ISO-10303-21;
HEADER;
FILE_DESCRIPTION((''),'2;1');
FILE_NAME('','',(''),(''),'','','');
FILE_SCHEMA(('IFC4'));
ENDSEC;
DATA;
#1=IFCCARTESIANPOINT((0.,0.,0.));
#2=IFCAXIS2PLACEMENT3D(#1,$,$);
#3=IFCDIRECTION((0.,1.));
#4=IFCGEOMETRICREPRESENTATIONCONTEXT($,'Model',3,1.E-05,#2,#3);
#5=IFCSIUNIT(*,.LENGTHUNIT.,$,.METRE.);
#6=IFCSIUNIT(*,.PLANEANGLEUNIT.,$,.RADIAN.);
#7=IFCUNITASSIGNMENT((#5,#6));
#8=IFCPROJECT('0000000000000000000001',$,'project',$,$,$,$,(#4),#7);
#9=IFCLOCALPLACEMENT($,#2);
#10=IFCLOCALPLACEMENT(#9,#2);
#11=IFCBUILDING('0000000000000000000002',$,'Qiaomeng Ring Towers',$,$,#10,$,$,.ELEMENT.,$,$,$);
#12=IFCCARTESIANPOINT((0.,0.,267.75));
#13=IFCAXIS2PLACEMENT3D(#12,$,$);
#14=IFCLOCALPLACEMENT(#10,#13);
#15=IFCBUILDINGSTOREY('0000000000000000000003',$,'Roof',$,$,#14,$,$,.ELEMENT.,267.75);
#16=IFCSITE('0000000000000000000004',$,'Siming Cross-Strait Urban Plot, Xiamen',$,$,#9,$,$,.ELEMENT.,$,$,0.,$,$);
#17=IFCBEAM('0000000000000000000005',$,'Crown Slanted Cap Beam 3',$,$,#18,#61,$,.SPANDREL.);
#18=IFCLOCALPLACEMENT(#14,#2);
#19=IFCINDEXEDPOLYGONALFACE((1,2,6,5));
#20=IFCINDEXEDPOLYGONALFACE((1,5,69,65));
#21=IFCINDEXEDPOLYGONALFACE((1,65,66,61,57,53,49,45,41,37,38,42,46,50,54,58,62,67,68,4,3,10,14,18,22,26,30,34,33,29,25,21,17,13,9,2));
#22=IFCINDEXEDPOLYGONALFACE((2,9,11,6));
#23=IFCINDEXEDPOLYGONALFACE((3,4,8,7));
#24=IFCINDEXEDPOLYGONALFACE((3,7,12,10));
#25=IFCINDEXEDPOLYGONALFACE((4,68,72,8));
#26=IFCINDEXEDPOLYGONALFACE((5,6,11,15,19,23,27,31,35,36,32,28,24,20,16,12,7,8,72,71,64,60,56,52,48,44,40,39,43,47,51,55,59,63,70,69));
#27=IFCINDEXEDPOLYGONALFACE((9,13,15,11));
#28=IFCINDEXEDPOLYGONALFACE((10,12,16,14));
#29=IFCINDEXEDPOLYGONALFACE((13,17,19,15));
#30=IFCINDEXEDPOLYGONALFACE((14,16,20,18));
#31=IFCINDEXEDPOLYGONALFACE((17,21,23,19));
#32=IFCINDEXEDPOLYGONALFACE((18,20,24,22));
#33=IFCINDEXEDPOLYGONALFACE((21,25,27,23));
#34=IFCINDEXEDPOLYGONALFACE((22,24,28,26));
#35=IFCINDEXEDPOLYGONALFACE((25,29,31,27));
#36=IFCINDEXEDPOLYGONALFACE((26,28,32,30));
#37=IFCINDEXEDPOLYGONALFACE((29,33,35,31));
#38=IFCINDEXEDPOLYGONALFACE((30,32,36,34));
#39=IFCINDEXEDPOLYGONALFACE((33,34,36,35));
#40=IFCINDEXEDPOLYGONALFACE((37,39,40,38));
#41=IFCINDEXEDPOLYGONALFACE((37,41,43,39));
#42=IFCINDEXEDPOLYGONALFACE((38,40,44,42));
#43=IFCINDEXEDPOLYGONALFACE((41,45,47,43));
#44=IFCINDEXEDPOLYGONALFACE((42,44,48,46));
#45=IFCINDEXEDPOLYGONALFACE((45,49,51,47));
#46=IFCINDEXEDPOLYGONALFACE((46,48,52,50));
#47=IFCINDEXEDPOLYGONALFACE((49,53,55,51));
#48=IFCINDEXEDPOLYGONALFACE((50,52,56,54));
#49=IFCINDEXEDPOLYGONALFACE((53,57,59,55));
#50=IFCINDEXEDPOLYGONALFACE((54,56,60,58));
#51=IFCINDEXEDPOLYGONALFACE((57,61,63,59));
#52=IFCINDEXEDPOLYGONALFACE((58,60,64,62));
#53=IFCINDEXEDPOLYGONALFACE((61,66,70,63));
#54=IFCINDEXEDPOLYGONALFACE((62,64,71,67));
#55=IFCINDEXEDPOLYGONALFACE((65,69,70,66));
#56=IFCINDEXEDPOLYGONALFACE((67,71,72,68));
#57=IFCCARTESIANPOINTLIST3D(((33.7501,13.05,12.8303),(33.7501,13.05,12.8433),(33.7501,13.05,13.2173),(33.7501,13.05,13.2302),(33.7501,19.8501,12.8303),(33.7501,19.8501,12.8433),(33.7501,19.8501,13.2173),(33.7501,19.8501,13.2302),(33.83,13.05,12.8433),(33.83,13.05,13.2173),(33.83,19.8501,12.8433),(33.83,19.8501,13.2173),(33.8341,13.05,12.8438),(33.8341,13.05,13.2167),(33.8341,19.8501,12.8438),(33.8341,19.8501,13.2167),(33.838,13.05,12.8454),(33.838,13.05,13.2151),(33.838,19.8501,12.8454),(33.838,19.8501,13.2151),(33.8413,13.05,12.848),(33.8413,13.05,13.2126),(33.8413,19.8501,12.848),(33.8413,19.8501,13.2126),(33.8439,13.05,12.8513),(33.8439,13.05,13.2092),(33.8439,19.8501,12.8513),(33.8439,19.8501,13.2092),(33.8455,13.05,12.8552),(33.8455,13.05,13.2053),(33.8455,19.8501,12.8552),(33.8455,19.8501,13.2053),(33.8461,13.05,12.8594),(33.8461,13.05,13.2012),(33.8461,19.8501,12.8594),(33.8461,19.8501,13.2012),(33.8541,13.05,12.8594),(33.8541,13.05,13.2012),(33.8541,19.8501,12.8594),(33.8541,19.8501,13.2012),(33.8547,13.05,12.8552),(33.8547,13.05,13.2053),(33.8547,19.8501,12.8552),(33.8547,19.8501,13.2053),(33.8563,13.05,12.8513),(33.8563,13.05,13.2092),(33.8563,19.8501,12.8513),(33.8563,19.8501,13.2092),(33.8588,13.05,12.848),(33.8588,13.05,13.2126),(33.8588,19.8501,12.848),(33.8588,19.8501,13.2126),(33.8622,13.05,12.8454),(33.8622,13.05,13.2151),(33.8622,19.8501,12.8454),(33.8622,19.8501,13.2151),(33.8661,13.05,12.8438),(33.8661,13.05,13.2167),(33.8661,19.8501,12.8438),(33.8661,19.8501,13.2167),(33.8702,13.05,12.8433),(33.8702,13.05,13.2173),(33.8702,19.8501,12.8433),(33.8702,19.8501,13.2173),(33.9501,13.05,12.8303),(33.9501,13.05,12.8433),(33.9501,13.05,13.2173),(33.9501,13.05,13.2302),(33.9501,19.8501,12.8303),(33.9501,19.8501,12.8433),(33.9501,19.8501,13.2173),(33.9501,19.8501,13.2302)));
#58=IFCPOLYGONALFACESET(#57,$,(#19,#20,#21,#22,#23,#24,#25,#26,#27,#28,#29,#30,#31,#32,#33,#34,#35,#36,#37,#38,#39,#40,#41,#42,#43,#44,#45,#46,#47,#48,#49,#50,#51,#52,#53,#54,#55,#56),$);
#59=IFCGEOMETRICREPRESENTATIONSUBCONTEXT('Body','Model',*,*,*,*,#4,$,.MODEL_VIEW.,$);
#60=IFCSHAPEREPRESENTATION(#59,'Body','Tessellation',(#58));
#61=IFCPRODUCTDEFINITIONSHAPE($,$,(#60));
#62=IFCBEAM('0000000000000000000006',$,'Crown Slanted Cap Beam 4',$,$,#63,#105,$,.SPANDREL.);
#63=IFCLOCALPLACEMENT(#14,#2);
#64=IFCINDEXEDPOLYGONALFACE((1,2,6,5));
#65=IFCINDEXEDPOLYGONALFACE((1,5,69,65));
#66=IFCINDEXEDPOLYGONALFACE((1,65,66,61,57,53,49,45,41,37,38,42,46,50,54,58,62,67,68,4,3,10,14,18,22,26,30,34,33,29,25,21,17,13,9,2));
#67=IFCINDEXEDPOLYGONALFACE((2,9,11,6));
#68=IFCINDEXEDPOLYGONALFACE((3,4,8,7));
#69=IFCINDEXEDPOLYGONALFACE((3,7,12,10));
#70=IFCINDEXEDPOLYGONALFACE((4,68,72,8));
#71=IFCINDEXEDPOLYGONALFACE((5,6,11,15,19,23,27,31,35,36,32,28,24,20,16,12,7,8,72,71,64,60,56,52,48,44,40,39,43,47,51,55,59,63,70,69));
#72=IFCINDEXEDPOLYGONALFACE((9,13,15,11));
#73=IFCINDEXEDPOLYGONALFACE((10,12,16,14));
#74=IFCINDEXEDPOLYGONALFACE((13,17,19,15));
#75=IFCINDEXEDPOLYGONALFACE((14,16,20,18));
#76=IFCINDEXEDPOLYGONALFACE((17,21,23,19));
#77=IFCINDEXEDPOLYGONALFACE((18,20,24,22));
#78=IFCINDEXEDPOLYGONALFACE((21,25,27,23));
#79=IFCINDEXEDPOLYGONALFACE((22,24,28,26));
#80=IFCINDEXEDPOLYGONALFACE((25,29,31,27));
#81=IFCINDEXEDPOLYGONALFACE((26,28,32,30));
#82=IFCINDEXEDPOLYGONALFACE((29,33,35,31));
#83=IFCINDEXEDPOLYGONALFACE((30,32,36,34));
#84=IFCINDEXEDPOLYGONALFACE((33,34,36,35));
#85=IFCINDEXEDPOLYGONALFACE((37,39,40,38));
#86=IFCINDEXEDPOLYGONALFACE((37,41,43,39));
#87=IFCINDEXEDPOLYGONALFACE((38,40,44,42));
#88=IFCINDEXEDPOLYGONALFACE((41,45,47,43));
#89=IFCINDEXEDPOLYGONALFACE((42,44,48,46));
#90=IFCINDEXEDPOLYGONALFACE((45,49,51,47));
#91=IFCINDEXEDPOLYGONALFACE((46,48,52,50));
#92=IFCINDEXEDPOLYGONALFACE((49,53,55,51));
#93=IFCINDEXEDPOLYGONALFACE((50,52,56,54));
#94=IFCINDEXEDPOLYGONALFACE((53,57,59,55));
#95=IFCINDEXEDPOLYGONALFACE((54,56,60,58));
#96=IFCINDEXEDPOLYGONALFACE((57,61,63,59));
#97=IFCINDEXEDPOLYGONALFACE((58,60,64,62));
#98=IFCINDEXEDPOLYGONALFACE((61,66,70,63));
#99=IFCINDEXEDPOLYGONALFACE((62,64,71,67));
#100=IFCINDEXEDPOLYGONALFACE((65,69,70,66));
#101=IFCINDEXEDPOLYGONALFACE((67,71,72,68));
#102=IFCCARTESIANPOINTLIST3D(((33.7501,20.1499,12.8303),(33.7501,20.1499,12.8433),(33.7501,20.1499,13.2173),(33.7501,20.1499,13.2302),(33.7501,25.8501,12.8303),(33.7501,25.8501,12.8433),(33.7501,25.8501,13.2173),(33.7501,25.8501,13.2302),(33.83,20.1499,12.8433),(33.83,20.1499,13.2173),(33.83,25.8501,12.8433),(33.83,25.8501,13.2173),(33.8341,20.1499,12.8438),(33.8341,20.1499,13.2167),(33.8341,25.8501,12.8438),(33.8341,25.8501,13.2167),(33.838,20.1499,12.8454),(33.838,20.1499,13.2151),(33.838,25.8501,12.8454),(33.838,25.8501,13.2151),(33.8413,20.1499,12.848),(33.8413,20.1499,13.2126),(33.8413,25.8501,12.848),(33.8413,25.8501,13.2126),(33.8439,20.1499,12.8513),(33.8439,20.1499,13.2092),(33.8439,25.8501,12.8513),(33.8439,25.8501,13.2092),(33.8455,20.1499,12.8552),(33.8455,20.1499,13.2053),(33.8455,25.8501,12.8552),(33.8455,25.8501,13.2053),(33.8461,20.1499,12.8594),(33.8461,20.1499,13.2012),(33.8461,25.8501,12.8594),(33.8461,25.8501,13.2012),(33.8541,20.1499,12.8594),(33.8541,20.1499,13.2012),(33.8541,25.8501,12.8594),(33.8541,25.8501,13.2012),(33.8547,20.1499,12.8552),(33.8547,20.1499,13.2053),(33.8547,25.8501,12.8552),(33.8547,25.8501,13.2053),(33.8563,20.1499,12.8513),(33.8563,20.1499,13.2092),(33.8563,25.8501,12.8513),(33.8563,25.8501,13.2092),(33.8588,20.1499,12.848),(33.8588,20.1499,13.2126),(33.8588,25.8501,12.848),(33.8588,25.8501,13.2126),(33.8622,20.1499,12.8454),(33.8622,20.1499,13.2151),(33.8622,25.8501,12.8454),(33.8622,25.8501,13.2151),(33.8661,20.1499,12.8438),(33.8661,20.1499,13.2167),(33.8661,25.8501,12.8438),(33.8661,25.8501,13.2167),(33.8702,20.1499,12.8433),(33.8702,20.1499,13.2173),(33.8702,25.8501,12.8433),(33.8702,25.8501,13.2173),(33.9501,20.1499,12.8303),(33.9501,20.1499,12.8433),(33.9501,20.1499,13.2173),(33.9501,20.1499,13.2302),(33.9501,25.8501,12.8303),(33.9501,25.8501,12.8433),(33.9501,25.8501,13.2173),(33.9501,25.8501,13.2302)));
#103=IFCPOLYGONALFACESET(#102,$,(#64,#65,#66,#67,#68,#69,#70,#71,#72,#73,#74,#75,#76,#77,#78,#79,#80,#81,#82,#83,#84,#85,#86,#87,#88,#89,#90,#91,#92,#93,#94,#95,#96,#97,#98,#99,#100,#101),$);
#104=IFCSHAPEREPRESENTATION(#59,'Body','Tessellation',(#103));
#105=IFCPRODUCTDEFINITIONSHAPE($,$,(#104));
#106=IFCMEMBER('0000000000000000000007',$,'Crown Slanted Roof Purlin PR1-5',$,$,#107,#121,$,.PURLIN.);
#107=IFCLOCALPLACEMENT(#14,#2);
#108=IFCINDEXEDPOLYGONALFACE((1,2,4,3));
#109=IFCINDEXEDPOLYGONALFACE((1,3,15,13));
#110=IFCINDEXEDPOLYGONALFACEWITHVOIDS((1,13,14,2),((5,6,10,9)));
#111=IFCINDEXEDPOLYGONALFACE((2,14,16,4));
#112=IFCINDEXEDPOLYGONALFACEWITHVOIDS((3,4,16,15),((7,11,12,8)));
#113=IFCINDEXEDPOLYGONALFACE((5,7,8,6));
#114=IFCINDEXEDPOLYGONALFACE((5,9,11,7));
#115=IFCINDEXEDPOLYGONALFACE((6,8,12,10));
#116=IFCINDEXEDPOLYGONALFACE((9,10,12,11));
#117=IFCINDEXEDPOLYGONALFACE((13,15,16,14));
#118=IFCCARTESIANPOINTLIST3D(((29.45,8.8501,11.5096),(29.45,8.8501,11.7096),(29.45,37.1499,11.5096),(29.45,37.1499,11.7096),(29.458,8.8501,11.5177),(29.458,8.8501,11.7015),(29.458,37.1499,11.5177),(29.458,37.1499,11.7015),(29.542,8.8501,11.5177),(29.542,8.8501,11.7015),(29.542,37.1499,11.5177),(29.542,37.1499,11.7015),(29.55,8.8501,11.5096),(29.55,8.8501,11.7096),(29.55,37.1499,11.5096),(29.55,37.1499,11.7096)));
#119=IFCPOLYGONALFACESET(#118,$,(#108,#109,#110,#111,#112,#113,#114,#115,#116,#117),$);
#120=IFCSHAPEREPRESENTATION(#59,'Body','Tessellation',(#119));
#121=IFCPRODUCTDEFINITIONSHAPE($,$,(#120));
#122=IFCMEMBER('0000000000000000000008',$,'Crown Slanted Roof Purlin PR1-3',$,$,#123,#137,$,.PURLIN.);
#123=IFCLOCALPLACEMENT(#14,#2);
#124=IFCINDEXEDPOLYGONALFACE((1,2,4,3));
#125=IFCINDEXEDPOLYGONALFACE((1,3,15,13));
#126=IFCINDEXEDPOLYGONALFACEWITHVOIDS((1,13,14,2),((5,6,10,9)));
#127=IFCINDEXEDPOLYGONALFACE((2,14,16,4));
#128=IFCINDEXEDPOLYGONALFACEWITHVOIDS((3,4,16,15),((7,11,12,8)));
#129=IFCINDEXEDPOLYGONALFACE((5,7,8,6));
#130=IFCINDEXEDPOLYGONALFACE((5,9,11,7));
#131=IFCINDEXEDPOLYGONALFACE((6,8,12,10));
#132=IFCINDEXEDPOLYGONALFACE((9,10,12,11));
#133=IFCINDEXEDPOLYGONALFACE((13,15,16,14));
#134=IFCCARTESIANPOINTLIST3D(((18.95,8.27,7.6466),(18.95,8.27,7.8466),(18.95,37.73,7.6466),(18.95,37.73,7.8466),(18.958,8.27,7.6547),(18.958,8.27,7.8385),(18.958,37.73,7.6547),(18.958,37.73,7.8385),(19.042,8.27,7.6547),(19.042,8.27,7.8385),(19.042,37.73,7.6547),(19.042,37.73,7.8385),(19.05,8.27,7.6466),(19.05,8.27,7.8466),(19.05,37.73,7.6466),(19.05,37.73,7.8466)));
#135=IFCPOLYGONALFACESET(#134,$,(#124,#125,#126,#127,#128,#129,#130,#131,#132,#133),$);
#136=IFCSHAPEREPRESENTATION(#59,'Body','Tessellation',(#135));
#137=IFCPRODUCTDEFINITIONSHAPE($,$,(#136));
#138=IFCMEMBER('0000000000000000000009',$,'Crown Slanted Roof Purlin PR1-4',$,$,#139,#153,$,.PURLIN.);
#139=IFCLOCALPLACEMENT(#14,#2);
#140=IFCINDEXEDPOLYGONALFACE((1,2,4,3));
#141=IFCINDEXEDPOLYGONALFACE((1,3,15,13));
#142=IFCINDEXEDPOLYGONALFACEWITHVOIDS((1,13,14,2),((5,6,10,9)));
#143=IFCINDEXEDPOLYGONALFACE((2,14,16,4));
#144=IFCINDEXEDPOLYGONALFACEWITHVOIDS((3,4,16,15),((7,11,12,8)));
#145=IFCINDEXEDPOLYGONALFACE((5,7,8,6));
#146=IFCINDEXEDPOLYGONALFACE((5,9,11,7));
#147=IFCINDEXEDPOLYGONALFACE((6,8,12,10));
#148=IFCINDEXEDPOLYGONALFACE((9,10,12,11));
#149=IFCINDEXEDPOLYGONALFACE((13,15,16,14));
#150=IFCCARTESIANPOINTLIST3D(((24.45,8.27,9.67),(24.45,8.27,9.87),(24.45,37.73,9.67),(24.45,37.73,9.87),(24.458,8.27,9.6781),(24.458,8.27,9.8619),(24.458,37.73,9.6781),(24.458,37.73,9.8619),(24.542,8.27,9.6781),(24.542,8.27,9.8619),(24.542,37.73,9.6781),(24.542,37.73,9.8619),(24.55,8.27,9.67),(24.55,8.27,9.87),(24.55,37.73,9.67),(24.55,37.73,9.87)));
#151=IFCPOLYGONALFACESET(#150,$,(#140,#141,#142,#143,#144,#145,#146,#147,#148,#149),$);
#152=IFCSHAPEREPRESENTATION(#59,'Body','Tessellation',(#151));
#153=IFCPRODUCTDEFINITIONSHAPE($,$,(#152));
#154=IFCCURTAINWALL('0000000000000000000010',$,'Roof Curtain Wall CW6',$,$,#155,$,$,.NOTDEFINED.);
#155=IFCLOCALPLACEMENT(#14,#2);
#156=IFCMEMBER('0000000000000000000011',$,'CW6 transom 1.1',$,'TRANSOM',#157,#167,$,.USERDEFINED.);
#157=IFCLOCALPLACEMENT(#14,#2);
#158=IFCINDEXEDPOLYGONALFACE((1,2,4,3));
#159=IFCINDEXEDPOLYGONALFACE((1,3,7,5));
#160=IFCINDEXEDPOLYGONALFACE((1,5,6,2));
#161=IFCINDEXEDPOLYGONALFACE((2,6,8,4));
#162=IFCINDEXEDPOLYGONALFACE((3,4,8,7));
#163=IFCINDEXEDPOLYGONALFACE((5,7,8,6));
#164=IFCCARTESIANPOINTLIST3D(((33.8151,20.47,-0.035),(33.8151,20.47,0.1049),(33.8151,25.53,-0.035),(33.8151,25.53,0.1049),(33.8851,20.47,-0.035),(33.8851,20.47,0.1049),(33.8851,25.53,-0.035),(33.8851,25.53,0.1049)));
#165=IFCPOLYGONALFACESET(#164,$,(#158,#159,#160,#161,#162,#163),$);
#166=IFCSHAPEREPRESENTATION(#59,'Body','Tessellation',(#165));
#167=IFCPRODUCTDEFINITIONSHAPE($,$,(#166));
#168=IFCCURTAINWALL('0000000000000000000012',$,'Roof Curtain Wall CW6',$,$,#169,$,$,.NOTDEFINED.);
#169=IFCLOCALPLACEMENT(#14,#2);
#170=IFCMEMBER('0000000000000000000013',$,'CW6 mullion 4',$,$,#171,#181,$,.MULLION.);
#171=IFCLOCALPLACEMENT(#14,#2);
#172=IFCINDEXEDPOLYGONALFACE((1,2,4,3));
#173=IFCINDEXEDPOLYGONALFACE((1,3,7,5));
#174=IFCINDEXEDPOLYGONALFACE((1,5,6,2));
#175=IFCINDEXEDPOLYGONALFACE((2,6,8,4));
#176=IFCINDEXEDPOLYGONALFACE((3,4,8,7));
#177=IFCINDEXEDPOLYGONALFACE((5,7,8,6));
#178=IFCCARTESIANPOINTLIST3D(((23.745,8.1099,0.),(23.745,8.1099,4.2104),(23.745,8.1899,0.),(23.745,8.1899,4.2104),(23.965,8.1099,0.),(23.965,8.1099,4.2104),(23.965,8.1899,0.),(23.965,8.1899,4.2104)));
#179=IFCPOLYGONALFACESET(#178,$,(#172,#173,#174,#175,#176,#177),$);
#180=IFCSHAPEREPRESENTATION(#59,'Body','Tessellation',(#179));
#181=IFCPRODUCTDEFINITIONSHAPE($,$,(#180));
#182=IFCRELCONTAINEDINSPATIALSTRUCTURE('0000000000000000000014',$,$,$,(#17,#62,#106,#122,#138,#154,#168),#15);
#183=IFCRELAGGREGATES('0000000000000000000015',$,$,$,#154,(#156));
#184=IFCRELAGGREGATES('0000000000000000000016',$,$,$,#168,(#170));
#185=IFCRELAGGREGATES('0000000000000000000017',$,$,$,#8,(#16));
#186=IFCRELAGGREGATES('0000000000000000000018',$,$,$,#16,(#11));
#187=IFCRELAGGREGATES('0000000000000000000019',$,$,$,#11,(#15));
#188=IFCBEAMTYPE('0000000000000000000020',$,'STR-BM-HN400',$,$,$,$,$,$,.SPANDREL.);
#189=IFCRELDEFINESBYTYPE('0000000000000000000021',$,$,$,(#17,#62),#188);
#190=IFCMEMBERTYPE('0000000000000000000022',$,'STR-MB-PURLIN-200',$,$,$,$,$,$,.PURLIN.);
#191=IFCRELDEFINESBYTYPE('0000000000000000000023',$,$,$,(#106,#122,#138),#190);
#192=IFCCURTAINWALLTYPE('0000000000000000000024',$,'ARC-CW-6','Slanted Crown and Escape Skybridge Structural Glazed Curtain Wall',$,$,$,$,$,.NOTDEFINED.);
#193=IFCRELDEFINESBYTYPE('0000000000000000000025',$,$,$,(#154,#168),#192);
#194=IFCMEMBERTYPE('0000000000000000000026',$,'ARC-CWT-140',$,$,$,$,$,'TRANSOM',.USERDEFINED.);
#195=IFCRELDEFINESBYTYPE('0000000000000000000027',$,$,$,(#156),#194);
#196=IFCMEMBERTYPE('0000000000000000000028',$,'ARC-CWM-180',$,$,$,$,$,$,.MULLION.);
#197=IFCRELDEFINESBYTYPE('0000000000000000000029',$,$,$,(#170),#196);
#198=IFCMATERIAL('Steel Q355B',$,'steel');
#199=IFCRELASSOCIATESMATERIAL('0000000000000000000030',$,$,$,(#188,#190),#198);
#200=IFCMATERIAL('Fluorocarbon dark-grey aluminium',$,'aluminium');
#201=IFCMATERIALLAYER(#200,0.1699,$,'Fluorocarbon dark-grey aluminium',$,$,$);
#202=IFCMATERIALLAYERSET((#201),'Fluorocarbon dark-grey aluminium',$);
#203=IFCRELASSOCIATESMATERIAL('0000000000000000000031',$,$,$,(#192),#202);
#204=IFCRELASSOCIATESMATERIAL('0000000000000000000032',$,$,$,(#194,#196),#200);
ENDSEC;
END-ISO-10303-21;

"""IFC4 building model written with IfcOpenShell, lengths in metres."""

from ifc_helpers import new_model, si_unit, direction, frame, origin, origin_2d, place, context, subcontext, project, spatial, rectangle, hollow_rectangle, i_section, extrude, source, transform, mapped, material, layer, layer_set, material_profile, profile_set, type_object, element, aggregate, save


model = new_model("IFC4")

# Units and contexts
model_context = context("Model", 3, precision=1e-05, world=origin(), true_north=direction((0.0, 1.0)))
body_context = subcontext(model_context, "Body", "Model", "MODEL_VIEW")
ifc_project = project(units=[si_unit("LENGTHUNIT", "METRE"), si_unit("PLANEANGLEUNIT", "RADIAN")], contexts=[model_context])

# Site, building, storey
site_placement = place(None, origin())
site = spatial("IfcSite", under=ifc_project, at=site_placement, Name="Siming Cross-Strait Urban Plot, Xiamen", CompositionType="ELEMENT", RefElevation=0.0)
building_placement = place(site_placement, origin())
building = spatial("IfcBuilding", under=site, at=building_placement, Name="Qiaomeng Ring Towers", CompositionType="ELEMENT")
storey_placement = place(building_placement, frame((0.0, 0.0, 267.75)))
storey = spatial("IfcBuildingStorey", under=building, at=storey_placement, Name="Roof", CompositionType="ELEMENT", Elevation=267.75)

# Shared definitions
ifc_material_1 = material(Name="Steel Q355B", Category="steel")

# Beams
ifc_material_profile_1 = material_profile(ifc_material_1, i_section(OverallWidth=0.2, OverallDepth=0.3999, WebThickness=0.0081, FlangeThickness=0.0129, FilletRadius=0.0161, at=origin_2d()), Name="HN 400x200x8x13")
ifc_profile_set_1 = profile_set([ifc_material_profile_1], Name="Steel Q355B")
beam_type = type_object("IfcBeamType", Name="STR-BM-HN400", PredefinedType="SPANDREL", material=ifc_profile_set_1)
shared_shape_1 = source(origin(), body_context, "Body", "SweptSolid", [
    extrude(i_section(OverallWidth=0.2, OverallDepth=0.3999, WebThickness=0.0081, FlangeThickness=0.0129, FilletRadius=0.0161, at=origin_2d()), origin(), (0.0, 0.0, 1.0), 6.8),
])
beam_1_placement = place(storey_placement, frame((33.8501, 13.05, 13.0303), z_axis=(0.0, 1.0, 0.0), x_axis=(-1.0, 0.0, 0.0)))
element("IfcBeam", 1, at=beam_1_placement, inside=storey, type_object=beam_type, Name="Crown Slanted Cap Beam 3", PredefinedType="SPANDREL", context=body_context, shape_type="MappedRepresentation", body=[
    mapped(shared_shape_1, transform((0.0, 0.0, 0.0), x_axis=(1.0, 0.0, 0.0), y_axis=(0.0, 1.0, 0.0), z_axis=(0.0, 0.0, 1.0), scale=1.0)),
])
shared_shape_2 = source(origin(), body_context, "Body", "SweptSolid", [
    extrude(i_section(OverallWidth=0.2, OverallDepth=0.3999, WebThickness=0.0081, FlangeThickness=0.0129, FilletRadius=0.0161, at=origin_2d()), origin(), (0.0, 0.0, 1.0), 5.7002),
])
beam_2_placement = place(storey_placement, frame((33.8501, 20.1499, 13.0303), z_axis=(0.0, 1.0, 0.0), x_axis=(-1.0, 0.0, 0.0)))
element("IfcBeam", 2, at=beam_2_placement, inside=storey, type_object=beam_type, Name="Crown Slanted Cap Beam 4", PredefinedType="SPANDREL", context=body_context, shape_type="MappedRepresentation", body=[
    mapped(shared_shape_2, transform((0.0, 0.0, 0.0), x_axis=(1.0, 0.0, 0.0), y_axis=(0.0, 1.0, 0.0), z_axis=(0.0, 0.0, 1.0), scale=1.0)),
])

# Members
ifc_material_profile_2 = material_profile(ifc_material_1, hollow_rectangle(XDim=0.1001, YDim=0.2, WallThickness=0.0081, at=origin_2d()), Name="RHS 200x100x8")
ifc_profile_set_2 = profile_set([ifc_material_profile_2], Name="Steel Q355B")
member_type_1 = type_object("IfcMemberType", Name="STR-MB-PURLIN-200", PredefinedType="PURLIN", material=ifc_profile_set_2)
shared_shape_3 = source(origin(), body_context, "Body", "SweptSolid", [
    extrude(hollow_rectangle(XDim=0.1001, YDim=0.2, WallThickness=0.0081, at=origin_2d()), origin(), (0.0, 0.0, 1.0), 28.2998),
])
member_1_placement = place(storey_placement, frame((29.5, 8.8501, 11.6096), z_axis=(0.0, 1.0, 0.0), x_axis=(-1.0, 0.0, 0.0)))
element("IfcMember", 3, at=member_1_placement, inside=storey, type_object=member_type_1, Name="Crown Slanted Roof Purlin PR1-5", PredefinedType="PURLIN", context=body_context, shape_type="MappedRepresentation", body=[
    mapped(shared_shape_3, transform((0.0, 0.0, 0.0), x_axis=(1.0, 0.0, 0.0), y_axis=(0.0, 1.0, 0.0), z_axis=(0.0, 0.0, 1.0), scale=1.0)),
])
shared_shape_4 = source(origin(), body_context, "Body", "SweptSolid", [
    extrude(hollow_rectangle(XDim=0.1001, YDim=0.2, WallThickness=0.0081, at=origin_2d()), origin(), (0.0, 0.0, 1.0), 29.46),
])
for number, where, z_axis, x_axis, name in (
    (4, (19.0, 8.27, 7.7466), (0.0, 1.0, 0.0), (-1.0, 0.0, 0.0), "Crown Slanted Roof Purlin PR1-3"),
    (5, (24.5, 8.27, 9.77), (0.0, 1.0, 0.0), (-1.0, 0.0, 0.0), "Crown Slanted Roof Purlin PR1-4"),
):
    element("IfcMember", number, at=place(storey_placement, frame(where, z_axis=z_axis, x_axis=x_axis)), inside=storey, type_object=member_type_1, Name=name, PredefinedType="PURLIN", context=body_context, shape_type="MappedRepresentation", body=[
        mapped(shared_shape_4, transform((0.0, 0.0, 0.0), x_axis=(1.0, 0.0, 0.0), y_axis=(0.0, 1.0, 0.0), z_axis=(0.0, 0.0, 1.0), scale=1.0)),
    ])

# Curtain wall, member
ifc_material_2 = material(Name="Fluorocarbon dark-grey aluminium", Category="aluminium")
ifc_layer_1 = layer(ifc_material_2, 0.1699, Name="Fluorocarbon dark-grey aluminium")
ifc_layer_set_1 = layer_set([ifc_layer_1], Name="Fluorocarbon dark-grey aluminium")
curtain_wall_type = type_object("IfcCurtainWallType", Name="ARC-CW-6", Description="Slanted Crown and Escape Skybridge Structural Glazed Curtain Wall", PredefinedType="NOTDEFINED", material=ifc_layer_set_1)
curtain_wall_1_placement = place(storey_placement, origin())
curtain_wall_1 = element("IfcCurtainWall", 6, at=curtain_wall_1_placement, inside=storey, type_object=curtain_wall_type, Name="Roof Curtain Wall CW6", PredefinedType="NOTDEFINED")
ifc_material_profile_3 = material_profile(ifc_material_2, rectangle(XDim=0.0701, YDim=0.1399, at=origin_2d()), Name="ALU TRAN 70x140")
ifc_profile_set_3 = profile_set([ifc_material_profile_3], Name="Fluorocarbon dark-grey aluminium")
member_type_2 = type_object("IfcMemberType", Name="ARC-CWT-140", ElementType="TRANSOM", PredefinedType="USERDEFINED", material=ifc_profile_set_3)
shared_shape_5 = source(origin(), body_context, "Body", "SweptSolid", [
    extrude(rectangle(XDim=0.0701, YDim=0.1399, at=origin_2d()), origin(), (0.0, 0.0, 1.0), 5.0601),
])
member_2_placement = place(storey_placement, frame((33.8501, 20.47, 0.0349), z_axis=(0.0, 1.0, 0.0), x_axis=(-1.0, 0.0, 0.0)))
member_2 = element("IfcMember", 7, at=member_2_placement, type_object=member_type_2, Name="CW6 transom 1.1", ObjectType="TRANSOM", PredefinedType="USERDEFINED", context=body_context, shape_type="MappedRepresentation", body=[
    mapped(shared_shape_5, transform((0.0, 0.0, 0.0), x_axis=(1.0, 0.0, 0.0), y_axis=(0.0, 1.0, 0.0), z_axis=(0.0, 0.0, 1.0), scale=1.0)),
])

# Curtain wall, member
curtain_wall_2_placement = place(storey_placement, origin())
curtain_wall_2 = element("IfcCurtainWall", 8, at=curtain_wall_2_placement, inside=storey, type_object=curtain_wall_type, Name="Roof Curtain Wall CW6", PredefinedType="NOTDEFINED")
ifc_material_profile_4 = material_profile(ifc_material_2, rectangle(XDim=0.0801, YDim=0.22, at=origin_2d()), Name="ALU MULL 80x220")
ifc_profile_set_4 = profile_set([ifc_material_profile_4], Name="Fluorocarbon dark-grey aluminium")
member_type_3 = type_object("IfcMemberType", Name="ARC-CWM-180", PredefinedType="MULLION", material=ifc_profile_set_4)
shared_shape_6 = source(origin(), body_context, "Body", "SweptSolid", [
    extrude(rectangle(XDim=0.0801, YDim=0.22, at=origin_2d()), origin(), (0.0, 0.0, 1.0), 4.2104),
])
member_3_placement = place(storey_placement, frame((23.855, 8.1499, 0.0), z_axis=(0.0, 0.0, 1.0), x_axis=(0.0, 1.0, 0.0)))
member_3 = element("IfcMember", 9, at=member_3_placement, type_object=member_type_3, Name="CW6 mullion 4", PredefinedType="MULLION", context=body_context, shape_type="MappedRepresentation", body=[
    mapped(shared_shape_6, transform((0.0, 0.0, 0.0), x_axis=(1.0, 0.0, 0.0), y_axis=(0.0, 1.0, 0.0), z_axis=(0.0, 0.0, 1.0), scale=1.0)),
])

aggregate(curtain_wall_1, [member_2])

aggregate(curtain_wall_2, [member_3])

save(model, "model.ifc")
